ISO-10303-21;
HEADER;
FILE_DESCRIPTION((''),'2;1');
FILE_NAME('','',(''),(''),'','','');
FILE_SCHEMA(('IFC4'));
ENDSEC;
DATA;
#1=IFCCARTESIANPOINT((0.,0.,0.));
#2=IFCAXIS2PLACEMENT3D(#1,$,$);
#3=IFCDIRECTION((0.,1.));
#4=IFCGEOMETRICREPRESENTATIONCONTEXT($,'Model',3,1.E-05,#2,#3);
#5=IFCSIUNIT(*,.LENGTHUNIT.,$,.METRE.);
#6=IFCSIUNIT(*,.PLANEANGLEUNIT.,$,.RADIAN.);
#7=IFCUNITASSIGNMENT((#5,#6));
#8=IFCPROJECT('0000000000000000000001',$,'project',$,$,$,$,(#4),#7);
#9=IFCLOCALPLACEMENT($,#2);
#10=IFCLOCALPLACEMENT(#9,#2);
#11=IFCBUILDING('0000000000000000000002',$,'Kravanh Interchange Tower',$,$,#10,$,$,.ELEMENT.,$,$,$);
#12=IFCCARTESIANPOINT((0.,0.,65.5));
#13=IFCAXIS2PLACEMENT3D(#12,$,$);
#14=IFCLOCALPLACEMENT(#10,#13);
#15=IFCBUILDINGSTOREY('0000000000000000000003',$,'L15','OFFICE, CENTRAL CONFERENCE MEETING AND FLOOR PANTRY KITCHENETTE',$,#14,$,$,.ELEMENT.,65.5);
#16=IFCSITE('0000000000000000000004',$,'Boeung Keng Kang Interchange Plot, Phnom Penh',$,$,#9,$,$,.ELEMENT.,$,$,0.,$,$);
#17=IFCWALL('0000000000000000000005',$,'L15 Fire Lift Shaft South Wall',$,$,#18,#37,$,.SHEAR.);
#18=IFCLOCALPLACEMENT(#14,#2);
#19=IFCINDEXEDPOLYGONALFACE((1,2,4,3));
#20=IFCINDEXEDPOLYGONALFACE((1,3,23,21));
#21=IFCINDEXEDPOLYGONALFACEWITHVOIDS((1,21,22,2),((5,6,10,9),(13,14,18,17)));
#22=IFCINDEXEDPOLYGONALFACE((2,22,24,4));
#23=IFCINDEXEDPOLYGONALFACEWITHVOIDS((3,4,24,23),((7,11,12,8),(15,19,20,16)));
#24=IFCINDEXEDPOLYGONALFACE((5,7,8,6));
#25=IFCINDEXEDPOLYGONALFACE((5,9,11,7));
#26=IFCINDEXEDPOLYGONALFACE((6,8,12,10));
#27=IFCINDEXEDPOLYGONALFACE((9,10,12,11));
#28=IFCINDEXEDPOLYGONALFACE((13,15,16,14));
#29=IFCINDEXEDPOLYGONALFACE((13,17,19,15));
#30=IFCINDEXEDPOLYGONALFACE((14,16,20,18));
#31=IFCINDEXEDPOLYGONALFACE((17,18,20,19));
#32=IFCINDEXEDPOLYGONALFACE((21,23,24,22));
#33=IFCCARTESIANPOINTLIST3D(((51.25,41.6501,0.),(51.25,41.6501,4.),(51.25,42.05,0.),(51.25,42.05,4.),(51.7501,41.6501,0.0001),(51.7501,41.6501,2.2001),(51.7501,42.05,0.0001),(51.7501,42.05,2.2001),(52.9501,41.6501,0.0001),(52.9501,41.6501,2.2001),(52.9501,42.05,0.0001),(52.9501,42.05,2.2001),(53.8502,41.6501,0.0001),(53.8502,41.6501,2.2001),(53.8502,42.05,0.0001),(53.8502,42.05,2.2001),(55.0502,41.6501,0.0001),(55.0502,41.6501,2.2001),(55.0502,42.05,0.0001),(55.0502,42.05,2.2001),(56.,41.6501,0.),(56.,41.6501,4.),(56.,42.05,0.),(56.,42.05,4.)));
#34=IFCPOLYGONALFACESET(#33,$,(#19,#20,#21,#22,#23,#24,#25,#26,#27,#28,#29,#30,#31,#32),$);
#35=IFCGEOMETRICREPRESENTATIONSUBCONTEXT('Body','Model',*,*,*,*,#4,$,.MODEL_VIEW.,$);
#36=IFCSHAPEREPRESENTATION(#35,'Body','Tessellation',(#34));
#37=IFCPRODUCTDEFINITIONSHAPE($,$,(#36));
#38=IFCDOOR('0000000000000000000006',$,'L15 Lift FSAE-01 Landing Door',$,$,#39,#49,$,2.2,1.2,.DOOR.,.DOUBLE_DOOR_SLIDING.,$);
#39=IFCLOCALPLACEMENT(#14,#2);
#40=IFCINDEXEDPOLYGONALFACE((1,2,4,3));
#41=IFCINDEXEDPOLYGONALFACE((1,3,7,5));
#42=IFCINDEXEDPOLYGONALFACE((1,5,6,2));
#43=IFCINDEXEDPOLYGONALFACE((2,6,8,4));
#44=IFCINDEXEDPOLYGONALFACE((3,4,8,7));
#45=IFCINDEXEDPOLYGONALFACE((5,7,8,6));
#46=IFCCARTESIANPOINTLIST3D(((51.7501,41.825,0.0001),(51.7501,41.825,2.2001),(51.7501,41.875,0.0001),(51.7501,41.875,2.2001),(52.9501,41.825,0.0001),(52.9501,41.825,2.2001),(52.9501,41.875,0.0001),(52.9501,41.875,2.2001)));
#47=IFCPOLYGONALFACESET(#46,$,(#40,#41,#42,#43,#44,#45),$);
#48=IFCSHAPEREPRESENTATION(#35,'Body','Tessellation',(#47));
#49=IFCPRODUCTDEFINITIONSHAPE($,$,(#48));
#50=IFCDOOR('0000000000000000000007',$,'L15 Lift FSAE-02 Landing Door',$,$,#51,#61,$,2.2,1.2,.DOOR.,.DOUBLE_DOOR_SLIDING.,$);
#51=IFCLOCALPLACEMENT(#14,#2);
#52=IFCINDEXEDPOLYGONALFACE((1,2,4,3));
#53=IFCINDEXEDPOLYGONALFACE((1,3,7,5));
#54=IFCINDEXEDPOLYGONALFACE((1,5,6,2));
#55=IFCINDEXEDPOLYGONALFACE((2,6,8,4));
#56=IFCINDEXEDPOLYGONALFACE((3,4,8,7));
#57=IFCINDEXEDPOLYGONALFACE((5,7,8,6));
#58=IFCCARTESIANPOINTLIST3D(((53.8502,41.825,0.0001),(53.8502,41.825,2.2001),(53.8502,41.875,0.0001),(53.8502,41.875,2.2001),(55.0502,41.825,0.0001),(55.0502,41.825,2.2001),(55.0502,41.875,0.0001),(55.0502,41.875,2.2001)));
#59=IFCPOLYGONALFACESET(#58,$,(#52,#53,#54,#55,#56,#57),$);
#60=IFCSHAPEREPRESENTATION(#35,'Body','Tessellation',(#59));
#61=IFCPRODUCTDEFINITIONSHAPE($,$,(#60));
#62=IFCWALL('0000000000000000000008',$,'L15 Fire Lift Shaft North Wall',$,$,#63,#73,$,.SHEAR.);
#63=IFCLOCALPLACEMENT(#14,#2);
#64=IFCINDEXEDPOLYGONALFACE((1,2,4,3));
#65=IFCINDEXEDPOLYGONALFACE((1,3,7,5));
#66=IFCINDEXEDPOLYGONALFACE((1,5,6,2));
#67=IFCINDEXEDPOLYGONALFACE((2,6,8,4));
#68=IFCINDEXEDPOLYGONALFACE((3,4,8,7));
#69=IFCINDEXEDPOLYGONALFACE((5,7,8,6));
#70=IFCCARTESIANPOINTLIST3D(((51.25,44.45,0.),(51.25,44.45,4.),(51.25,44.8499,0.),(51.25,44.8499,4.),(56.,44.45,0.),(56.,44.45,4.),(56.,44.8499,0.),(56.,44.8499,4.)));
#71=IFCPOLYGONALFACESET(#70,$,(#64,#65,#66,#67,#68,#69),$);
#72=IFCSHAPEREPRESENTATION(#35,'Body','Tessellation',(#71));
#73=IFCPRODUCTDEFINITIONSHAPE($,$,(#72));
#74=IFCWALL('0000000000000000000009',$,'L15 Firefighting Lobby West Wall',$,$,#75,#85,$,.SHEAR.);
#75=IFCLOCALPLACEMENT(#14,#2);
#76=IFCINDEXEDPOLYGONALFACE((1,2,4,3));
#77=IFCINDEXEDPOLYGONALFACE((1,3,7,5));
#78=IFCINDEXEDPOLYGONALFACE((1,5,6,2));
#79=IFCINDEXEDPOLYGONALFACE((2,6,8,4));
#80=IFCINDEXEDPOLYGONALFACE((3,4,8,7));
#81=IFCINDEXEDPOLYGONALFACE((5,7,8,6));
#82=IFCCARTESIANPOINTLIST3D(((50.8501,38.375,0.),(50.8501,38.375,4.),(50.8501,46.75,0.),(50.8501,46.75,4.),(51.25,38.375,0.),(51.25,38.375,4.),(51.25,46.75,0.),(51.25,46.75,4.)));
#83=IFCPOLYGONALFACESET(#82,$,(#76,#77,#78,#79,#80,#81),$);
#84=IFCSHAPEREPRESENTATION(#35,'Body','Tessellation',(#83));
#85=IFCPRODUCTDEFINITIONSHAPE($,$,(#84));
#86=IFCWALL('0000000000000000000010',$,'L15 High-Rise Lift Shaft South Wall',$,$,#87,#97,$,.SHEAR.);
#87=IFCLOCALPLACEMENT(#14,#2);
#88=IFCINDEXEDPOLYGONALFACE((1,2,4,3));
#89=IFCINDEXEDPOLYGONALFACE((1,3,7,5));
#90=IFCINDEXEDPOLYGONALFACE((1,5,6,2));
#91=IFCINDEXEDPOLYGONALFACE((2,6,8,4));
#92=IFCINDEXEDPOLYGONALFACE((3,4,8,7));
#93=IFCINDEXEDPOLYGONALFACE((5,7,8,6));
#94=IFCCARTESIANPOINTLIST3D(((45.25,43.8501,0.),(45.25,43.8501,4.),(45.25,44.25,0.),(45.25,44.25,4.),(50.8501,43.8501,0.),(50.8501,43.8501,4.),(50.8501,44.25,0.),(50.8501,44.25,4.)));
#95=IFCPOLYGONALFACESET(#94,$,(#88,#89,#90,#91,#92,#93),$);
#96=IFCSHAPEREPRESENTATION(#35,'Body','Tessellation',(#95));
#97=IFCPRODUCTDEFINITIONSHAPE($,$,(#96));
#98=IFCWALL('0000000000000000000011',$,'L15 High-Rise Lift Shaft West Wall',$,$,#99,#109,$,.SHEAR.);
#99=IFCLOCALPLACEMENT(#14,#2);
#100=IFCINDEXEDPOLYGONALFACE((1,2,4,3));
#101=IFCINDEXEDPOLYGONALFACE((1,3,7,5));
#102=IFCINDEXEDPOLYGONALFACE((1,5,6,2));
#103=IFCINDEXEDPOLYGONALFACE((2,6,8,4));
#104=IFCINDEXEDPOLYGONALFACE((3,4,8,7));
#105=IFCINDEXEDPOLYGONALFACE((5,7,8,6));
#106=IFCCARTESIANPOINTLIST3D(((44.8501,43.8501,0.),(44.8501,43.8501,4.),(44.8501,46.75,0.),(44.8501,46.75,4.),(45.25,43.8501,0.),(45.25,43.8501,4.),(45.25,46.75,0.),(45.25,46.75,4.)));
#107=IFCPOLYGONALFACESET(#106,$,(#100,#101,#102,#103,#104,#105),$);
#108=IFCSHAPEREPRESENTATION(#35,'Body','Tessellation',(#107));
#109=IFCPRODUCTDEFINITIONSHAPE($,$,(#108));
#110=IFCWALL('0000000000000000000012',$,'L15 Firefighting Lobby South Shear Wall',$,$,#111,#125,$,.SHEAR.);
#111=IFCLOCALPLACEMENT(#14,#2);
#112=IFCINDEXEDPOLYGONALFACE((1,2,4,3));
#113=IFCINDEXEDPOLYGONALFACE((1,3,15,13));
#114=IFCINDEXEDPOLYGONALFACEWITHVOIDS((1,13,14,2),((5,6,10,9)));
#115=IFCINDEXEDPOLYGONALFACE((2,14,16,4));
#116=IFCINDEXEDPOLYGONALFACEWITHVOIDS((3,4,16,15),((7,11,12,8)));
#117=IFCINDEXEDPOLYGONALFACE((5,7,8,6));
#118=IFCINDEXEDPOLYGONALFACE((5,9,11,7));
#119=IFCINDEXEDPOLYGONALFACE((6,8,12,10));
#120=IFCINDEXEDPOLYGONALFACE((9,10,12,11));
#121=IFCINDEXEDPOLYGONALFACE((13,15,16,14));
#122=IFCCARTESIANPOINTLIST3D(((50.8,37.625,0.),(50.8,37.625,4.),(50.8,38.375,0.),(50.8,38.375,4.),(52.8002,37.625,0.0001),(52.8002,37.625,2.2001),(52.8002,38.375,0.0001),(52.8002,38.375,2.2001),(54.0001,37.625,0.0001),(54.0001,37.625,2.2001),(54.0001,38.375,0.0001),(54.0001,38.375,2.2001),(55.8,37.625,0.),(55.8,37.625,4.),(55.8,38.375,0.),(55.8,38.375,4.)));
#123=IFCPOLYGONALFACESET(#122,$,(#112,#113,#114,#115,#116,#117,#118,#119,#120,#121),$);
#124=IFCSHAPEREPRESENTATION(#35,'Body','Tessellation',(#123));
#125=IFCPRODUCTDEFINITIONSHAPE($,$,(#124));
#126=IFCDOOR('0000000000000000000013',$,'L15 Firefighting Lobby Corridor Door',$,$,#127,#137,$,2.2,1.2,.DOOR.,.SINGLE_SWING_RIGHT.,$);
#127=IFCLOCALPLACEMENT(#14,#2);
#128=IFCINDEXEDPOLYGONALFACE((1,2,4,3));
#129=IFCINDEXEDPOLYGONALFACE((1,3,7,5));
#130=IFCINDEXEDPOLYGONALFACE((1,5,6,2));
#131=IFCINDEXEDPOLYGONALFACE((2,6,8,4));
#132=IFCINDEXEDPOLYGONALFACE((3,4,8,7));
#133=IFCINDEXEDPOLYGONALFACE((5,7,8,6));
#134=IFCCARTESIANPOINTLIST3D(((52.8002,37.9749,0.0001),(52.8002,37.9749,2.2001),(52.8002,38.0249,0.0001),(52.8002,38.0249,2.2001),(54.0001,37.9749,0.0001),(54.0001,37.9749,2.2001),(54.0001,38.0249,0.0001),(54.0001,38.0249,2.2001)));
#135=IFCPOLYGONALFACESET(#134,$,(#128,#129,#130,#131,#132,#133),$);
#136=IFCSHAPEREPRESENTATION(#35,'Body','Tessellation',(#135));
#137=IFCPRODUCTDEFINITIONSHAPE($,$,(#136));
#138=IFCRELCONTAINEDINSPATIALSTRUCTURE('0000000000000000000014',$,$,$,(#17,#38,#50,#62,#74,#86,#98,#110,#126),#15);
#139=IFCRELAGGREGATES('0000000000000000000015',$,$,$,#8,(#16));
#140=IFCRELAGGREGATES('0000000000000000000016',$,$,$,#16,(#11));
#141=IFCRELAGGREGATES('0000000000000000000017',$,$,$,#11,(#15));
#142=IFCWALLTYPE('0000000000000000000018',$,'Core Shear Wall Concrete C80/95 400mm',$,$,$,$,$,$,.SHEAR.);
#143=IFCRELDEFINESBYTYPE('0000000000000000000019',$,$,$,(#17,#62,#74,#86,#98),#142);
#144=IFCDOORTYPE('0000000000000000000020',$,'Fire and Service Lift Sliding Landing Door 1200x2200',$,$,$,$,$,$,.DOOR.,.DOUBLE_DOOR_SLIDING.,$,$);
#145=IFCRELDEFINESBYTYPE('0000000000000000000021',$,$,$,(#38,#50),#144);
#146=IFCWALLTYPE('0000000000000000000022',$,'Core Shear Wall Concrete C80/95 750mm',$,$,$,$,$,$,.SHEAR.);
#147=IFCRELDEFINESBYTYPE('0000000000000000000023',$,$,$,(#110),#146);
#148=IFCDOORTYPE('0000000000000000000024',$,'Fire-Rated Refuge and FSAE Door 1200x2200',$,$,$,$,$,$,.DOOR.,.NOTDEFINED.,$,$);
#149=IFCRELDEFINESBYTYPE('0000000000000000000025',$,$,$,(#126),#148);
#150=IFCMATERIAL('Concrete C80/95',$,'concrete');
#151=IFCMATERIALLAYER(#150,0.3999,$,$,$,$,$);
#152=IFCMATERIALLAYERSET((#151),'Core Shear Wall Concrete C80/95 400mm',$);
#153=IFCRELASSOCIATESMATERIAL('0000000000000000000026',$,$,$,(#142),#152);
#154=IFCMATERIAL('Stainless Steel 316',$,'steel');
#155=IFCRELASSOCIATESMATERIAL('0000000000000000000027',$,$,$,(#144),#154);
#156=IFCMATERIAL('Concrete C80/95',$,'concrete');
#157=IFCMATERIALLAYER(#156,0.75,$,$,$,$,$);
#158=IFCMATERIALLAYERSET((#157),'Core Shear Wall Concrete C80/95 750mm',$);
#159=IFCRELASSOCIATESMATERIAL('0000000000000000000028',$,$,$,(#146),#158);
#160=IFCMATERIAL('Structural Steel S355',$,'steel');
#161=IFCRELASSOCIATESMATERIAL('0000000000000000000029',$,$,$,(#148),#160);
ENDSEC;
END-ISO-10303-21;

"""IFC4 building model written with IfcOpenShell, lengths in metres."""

from ifc_helpers import new_model, si_unit, direction, frame, frame_2d, origin, place, context, subcontext, project, spatial, rectangle, extrude, material, layer, layer_set, type_object, element, fill, save


model = new_model("IFC4")

# Units and contexts
model_context = context("Model", 3, precision=1e-05, world=origin(), true_north=direction((0.0, 1.0)))
body_context = subcontext(model_context, "Body", "Model", "MODEL_VIEW")
ifc_project = project(units=[si_unit("LENGTHUNIT", "METRE"), si_unit("PLANEANGLEUNIT", "RADIAN")], contexts=[model_context])

# Site, building, storey
site_placement = place(None, origin())
site = spatial("IfcSite", under=ifc_project, at=site_placement, Name="Boeung Keng Kang Interchange Plot, Phnom Penh", CompositionType="ELEMENT", RefElevation=0.0)
building_placement = place(site_placement, origin())
building = spatial("IfcBuilding", under=site, at=building_placement, Name="Kravanh Interchange Tower", CompositionType="ELEMENT")
storey_placement = place(building_placement, frame((0.0, 0.0, 65.5)))
storey = spatial("IfcBuildingStorey", under=building, at=storey_placement, Name="L15", Description="OFFICE, CENTRAL CONFERENCE MEETING AND FLOOR PANTRY KITCHENETTE", CompositionType="ELEMENT", Elevation=65.5)

# Wall, openings, doors
ifc_material_1 = material(Name="Concrete C80/95", Category="concrete")
ifc_layer_1 = layer(ifc_material_1, 0.3999)
ifc_layer_set_1 = layer_set([ifc_layer_1], Name="Core Shear Wall Concrete C80/95 400mm")
wall_type_1 = type_object("IfcWallType", Name="Core Shear Wall Concrete C80/95 400mm", PredefinedType="SHEAR", material=ifc_layer_set_1)
wall_1_placement = place(storey_placement, frame((51.25, 41.8501, 0.0), z_axis=(0.0, 0.0, 1.0), x_axis=(1.0, 0.0, 0.0)))
wall_1 = element("IfcWall", 1, at=wall_1_placement, inside=storey, type_object=wall_type_1, Name="L15 Fire Lift Shaft South Wall", PredefinedType="SHEAR", context=body_context, shape_type="SweptSolid", body=[
    extrude(rectangle(XDim=4.75, YDim=0.3999, at=frame_2d((2.375, 0.0))), origin(), (0.0, 0.0, 1.0), 4.0),
])
opening_1_placement = place(wall_1_placement, frame((0.5, 0.0, 0.0)))
opening_1 = element("IfcOpeningElement", 2, at=opening_1_placement, cuts=wall_1, PredefinedType="OPENING", context=body_context, shape_type="SweptSolid", body=[
    extrude(rectangle(XDim=1.2, YDim=2.2, at=frame_2d((0.6001, 1.1001))), frame((0.0, 0.21, 0.0), z_axis=(0.0, -1.0, 0.0), x_axis=(1.0, 0.0, 0.0)), (0.0, 0.0, 1.0), 0.4199),
])
opening_2_placement = place(wall_1_placement, frame((2.6001, 0.0, 0.0)))
opening_2 = element("IfcOpeningElement", 3, at=opening_2_placement, cuts=wall_1, PredefinedType="OPENING", context=body_context, shape_type="SweptSolid", body=[
    extrude(rectangle(XDim=1.2, YDim=2.2, at=frame_2d((0.6001, 1.1001))), frame((0.0, 0.21, 0.0), z_axis=(0.0, -1.0, 0.0), x_axis=(1.0, 0.0, 0.0)), (0.0, 0.0, 1.0), 0.4199),
])
ifc_material_2 = material(Name="Stainless Steel 316", Category="steel")
door_type_1 = type_object("IfcDoorType", Name="Fire and Service Lift Sliding Landing Door 1200x2200", OperationType="DOUBLE_DOOR_SLIDING", PredefinedType="DOOR", material=ifc_material_2)
door_1_placement = place(opening_1_placement, origin())
door_1 = element("IfcDoor", 4, at=door_1_placement, inside=storey, type_object=door_type_1, Name="L15 Lift FSAE-01 Landing Door", OperationType="DOUBLE_DOOR_SLIDING", OverallHeight=2.2, OverallWidth=1.2, PredefinedType="DOOR", context=body_context, shape_type="SweptSolid", body=[
    extrude(rectangle(XDim=1.2, YDim=2.2, at=frame_2d((0.6001, 1.1001))), frame((0.0, 0.0249, 0.0), z_axis=(0.0, -1.0, 0.0), x_axis=(1.0, 0.0, 0.0)), (0.0, 0.0, 1.0), 0.05),
])
fill(opening_1, door_1)
door_2_placement = place(opening_2_placement, origin())
door_2 = element("IfcDoor", 5, at=door_2_placement, inside=storey, type_object=door_type_1, Name="L15 Lift FSAE-02 Landing Door", OperationType="DOUBLE_DOOR_SLIDING", OverallHeight=2.2, OverallWidth=1.2, PredefinedType="DOOR", context=body_context, shape_type="SweptSolid", body=[
    extrude(rectangle(XDim=1.2, YDim=2.2, at=frame_2d((0.6001, 1.1001))), frame((0.0, 0.0249, 0.0), z_axis=(0.0, -1.0, 0.0), x_axis=(1.0, 0.0, 0.0)), (0.0, 0.0, 1.0), 0.05),
])
fill(opening_2, door_2)

# Walls
wall_2_placement = place(storey_placement, frame((51.25, 44.6499, 0.0), z_axis=(0.0, 0.0, 1.0), x_axis=(1.0, 0.0, 0.0)))
element("IfcWall", 6, at=wall_2_placement, inside=storey, type_object=wall_type_1, Name="L15 Fire Lift Shaft North Wall", PredefinedType="SHEAR", context=body_context, shape_type="SweptSolid", body=[
    extrude(rectangle(XDim=4.75, YDim=0.3999, at=frame_2d((2.375, 0.0))), origin(), (0.0, 0.0, 1.0), 4.0),
])
wall_3_placement = place(storey_placement, frame((51.05, 38.375, 0.0), z_axis=(0.0, 0.0, 1.0), x_axis=(0.0, 1.0, 0.0)))
element("IfcWall", 7, at=wall_3_placement, inside=storey, type_object=wall_type_1, Name="L15 Firefighting Lobby West Wall", PredefinedType="SHEAR", context=body_context, shape_type="SweptSolid", body=[
    extrude(rectangle(XDim=8.375, YDim=0.3999, at=frame_2d((4.1875, 0.0))), origin(), (0.0, 0.0, 1.0), 4.0),
])
wall_4_placement = place(storey_placement, frame((45.25, 44.05, 0.0), z_axis=(0.0, 0.0, 1.0), x_axis=(1.0, 0.0, 0.0)))
element("IfcWall", 8, at=wall_4_placement, inside=storey, type_object=wall_type_1, Name="L15 High-Rise Lift Shaft South Wall", PredefinedType="SHEAR", context=body_context, shape_type="SweptSolid", body=[
    extrude(rectangle(XDim=5.6001, YDim=0.3999, at=frame_2d((2.8, 0.0))), origin(), (0.0, 0.0, 1.0), 4.0),
])
wall_5_placement = place(storey_placement, frame((45.05, 43.8501, 0.0), z_axis=(0.0, 0.0, 1.0), x_axis=(0.0, 1.0, 0.0)))
element("IfcWall", 9, at=wall_5_placement, inside=storey, type_object=wall_type_1, Name="L15 High-Rise Lift Shaft West Wall", PredefinedType="SHEAR", context=body_context, shape_type="SweptSolid", body=[
    extrude(rectangle(XDim=2.8999, YDim=0.3999, at=frame_2d((1.45, 0.0))), origin(), (0.0, 0.0, 1.0), 4.0),
])

# Shared definitions
ifc_material_3 = material(Name="Concrete C80/95", Category="concrete")
ifc_layer_2 = layer(ifc_material_3, 0.75)
ifc_layer_set_2 = layer_set([ifc_layer_2], Name="Core Shear Wall Concrete C80/95 750mm")
wall_type_2 = type_object("IfcWallType", Name="Core Shear Wall Concrete C80/95 750mm", PredefinedType="SHEAR", material=ifc_layer_set_2)

# Wall, opening, door
wall_6_placement = place(storey_placement, frame((50.8, 38.0, 0.0), z_axis=(0.0, 0.0, 1.0), x_axis=(1.0, 0.0, 0.0)))
wall_6 = element("IfcWall", 10, at=wall_6_placement, inside=storey, type_object=wall_type_2, Name="L15 Firefighting Lobby South Shear Wall", PredefinedType="SHEAR", context=body_context, shape_type="SweptSolid", body=[
    extrude(rectangle(XDim=5.0, YDim=0.75, at=frame_2d((2.5, 0.0))), origin(), (0.0, 0.0, 1.0), 4.0),
])
opening_3_placement = place(wall_6_placement, frame((2.0, 0.0, 0.0)))
opening_3 = element("IfcOpeningElement", 11, at=opening_3_placement, cuts=wall_6, PredefinedType="OPENING", context=body_context, shape_type="SweptSolid", body=[
    extrude(rectangle(XDim=1.2, YDim=2.2, at=frame_2d((0.6001, 1.1001))), frame((0.0, 0.385, 0.0), z_axis=(0.0, -1.0, 0.0), x_axis=(1.0, 0.0, 0.0)), (0.0, 0.0, 1.0), 0.77),
])
ifc_material_4 = material(Name="Structural Steel S355", Category="steel")
door_type_2 = type_object("IfcDoorType", Name="Fire-Rated Refuge and FSAE Door 1200x2200", OperationType="NOTDEFINED", PredefinedType="DOOR", material=ifc_material_4)
door_3_placement = place(opening_3_placement, origin())
door_3 = element("IfcDoor", 12, at=door_3_placement, inside=storey, type_object=door_type_2, Name="L15 Firefighting Lobby Corridor Door", OperationType="SINGLE_SWING_RIGHT", OverallHeight=2.2, OverallWidth=1.2, PredefinedType="DOOR", context=body_context, shape_type="SweptSolid", body=[
    extrude(rectangle(XDim=1.2, YDim=2.2, at=frame_2d((0.6001, 1.1001))), frame((0.0, 0.0249, 0.0), z_axis=(0.0, -1.0, 0.0), x_axis=(1.0, 0.0, 0.0)), (0.0, 0.0, 1.0), 0.05),
])
fill(opening_3, door_3)

save(model, "model.ifc")
